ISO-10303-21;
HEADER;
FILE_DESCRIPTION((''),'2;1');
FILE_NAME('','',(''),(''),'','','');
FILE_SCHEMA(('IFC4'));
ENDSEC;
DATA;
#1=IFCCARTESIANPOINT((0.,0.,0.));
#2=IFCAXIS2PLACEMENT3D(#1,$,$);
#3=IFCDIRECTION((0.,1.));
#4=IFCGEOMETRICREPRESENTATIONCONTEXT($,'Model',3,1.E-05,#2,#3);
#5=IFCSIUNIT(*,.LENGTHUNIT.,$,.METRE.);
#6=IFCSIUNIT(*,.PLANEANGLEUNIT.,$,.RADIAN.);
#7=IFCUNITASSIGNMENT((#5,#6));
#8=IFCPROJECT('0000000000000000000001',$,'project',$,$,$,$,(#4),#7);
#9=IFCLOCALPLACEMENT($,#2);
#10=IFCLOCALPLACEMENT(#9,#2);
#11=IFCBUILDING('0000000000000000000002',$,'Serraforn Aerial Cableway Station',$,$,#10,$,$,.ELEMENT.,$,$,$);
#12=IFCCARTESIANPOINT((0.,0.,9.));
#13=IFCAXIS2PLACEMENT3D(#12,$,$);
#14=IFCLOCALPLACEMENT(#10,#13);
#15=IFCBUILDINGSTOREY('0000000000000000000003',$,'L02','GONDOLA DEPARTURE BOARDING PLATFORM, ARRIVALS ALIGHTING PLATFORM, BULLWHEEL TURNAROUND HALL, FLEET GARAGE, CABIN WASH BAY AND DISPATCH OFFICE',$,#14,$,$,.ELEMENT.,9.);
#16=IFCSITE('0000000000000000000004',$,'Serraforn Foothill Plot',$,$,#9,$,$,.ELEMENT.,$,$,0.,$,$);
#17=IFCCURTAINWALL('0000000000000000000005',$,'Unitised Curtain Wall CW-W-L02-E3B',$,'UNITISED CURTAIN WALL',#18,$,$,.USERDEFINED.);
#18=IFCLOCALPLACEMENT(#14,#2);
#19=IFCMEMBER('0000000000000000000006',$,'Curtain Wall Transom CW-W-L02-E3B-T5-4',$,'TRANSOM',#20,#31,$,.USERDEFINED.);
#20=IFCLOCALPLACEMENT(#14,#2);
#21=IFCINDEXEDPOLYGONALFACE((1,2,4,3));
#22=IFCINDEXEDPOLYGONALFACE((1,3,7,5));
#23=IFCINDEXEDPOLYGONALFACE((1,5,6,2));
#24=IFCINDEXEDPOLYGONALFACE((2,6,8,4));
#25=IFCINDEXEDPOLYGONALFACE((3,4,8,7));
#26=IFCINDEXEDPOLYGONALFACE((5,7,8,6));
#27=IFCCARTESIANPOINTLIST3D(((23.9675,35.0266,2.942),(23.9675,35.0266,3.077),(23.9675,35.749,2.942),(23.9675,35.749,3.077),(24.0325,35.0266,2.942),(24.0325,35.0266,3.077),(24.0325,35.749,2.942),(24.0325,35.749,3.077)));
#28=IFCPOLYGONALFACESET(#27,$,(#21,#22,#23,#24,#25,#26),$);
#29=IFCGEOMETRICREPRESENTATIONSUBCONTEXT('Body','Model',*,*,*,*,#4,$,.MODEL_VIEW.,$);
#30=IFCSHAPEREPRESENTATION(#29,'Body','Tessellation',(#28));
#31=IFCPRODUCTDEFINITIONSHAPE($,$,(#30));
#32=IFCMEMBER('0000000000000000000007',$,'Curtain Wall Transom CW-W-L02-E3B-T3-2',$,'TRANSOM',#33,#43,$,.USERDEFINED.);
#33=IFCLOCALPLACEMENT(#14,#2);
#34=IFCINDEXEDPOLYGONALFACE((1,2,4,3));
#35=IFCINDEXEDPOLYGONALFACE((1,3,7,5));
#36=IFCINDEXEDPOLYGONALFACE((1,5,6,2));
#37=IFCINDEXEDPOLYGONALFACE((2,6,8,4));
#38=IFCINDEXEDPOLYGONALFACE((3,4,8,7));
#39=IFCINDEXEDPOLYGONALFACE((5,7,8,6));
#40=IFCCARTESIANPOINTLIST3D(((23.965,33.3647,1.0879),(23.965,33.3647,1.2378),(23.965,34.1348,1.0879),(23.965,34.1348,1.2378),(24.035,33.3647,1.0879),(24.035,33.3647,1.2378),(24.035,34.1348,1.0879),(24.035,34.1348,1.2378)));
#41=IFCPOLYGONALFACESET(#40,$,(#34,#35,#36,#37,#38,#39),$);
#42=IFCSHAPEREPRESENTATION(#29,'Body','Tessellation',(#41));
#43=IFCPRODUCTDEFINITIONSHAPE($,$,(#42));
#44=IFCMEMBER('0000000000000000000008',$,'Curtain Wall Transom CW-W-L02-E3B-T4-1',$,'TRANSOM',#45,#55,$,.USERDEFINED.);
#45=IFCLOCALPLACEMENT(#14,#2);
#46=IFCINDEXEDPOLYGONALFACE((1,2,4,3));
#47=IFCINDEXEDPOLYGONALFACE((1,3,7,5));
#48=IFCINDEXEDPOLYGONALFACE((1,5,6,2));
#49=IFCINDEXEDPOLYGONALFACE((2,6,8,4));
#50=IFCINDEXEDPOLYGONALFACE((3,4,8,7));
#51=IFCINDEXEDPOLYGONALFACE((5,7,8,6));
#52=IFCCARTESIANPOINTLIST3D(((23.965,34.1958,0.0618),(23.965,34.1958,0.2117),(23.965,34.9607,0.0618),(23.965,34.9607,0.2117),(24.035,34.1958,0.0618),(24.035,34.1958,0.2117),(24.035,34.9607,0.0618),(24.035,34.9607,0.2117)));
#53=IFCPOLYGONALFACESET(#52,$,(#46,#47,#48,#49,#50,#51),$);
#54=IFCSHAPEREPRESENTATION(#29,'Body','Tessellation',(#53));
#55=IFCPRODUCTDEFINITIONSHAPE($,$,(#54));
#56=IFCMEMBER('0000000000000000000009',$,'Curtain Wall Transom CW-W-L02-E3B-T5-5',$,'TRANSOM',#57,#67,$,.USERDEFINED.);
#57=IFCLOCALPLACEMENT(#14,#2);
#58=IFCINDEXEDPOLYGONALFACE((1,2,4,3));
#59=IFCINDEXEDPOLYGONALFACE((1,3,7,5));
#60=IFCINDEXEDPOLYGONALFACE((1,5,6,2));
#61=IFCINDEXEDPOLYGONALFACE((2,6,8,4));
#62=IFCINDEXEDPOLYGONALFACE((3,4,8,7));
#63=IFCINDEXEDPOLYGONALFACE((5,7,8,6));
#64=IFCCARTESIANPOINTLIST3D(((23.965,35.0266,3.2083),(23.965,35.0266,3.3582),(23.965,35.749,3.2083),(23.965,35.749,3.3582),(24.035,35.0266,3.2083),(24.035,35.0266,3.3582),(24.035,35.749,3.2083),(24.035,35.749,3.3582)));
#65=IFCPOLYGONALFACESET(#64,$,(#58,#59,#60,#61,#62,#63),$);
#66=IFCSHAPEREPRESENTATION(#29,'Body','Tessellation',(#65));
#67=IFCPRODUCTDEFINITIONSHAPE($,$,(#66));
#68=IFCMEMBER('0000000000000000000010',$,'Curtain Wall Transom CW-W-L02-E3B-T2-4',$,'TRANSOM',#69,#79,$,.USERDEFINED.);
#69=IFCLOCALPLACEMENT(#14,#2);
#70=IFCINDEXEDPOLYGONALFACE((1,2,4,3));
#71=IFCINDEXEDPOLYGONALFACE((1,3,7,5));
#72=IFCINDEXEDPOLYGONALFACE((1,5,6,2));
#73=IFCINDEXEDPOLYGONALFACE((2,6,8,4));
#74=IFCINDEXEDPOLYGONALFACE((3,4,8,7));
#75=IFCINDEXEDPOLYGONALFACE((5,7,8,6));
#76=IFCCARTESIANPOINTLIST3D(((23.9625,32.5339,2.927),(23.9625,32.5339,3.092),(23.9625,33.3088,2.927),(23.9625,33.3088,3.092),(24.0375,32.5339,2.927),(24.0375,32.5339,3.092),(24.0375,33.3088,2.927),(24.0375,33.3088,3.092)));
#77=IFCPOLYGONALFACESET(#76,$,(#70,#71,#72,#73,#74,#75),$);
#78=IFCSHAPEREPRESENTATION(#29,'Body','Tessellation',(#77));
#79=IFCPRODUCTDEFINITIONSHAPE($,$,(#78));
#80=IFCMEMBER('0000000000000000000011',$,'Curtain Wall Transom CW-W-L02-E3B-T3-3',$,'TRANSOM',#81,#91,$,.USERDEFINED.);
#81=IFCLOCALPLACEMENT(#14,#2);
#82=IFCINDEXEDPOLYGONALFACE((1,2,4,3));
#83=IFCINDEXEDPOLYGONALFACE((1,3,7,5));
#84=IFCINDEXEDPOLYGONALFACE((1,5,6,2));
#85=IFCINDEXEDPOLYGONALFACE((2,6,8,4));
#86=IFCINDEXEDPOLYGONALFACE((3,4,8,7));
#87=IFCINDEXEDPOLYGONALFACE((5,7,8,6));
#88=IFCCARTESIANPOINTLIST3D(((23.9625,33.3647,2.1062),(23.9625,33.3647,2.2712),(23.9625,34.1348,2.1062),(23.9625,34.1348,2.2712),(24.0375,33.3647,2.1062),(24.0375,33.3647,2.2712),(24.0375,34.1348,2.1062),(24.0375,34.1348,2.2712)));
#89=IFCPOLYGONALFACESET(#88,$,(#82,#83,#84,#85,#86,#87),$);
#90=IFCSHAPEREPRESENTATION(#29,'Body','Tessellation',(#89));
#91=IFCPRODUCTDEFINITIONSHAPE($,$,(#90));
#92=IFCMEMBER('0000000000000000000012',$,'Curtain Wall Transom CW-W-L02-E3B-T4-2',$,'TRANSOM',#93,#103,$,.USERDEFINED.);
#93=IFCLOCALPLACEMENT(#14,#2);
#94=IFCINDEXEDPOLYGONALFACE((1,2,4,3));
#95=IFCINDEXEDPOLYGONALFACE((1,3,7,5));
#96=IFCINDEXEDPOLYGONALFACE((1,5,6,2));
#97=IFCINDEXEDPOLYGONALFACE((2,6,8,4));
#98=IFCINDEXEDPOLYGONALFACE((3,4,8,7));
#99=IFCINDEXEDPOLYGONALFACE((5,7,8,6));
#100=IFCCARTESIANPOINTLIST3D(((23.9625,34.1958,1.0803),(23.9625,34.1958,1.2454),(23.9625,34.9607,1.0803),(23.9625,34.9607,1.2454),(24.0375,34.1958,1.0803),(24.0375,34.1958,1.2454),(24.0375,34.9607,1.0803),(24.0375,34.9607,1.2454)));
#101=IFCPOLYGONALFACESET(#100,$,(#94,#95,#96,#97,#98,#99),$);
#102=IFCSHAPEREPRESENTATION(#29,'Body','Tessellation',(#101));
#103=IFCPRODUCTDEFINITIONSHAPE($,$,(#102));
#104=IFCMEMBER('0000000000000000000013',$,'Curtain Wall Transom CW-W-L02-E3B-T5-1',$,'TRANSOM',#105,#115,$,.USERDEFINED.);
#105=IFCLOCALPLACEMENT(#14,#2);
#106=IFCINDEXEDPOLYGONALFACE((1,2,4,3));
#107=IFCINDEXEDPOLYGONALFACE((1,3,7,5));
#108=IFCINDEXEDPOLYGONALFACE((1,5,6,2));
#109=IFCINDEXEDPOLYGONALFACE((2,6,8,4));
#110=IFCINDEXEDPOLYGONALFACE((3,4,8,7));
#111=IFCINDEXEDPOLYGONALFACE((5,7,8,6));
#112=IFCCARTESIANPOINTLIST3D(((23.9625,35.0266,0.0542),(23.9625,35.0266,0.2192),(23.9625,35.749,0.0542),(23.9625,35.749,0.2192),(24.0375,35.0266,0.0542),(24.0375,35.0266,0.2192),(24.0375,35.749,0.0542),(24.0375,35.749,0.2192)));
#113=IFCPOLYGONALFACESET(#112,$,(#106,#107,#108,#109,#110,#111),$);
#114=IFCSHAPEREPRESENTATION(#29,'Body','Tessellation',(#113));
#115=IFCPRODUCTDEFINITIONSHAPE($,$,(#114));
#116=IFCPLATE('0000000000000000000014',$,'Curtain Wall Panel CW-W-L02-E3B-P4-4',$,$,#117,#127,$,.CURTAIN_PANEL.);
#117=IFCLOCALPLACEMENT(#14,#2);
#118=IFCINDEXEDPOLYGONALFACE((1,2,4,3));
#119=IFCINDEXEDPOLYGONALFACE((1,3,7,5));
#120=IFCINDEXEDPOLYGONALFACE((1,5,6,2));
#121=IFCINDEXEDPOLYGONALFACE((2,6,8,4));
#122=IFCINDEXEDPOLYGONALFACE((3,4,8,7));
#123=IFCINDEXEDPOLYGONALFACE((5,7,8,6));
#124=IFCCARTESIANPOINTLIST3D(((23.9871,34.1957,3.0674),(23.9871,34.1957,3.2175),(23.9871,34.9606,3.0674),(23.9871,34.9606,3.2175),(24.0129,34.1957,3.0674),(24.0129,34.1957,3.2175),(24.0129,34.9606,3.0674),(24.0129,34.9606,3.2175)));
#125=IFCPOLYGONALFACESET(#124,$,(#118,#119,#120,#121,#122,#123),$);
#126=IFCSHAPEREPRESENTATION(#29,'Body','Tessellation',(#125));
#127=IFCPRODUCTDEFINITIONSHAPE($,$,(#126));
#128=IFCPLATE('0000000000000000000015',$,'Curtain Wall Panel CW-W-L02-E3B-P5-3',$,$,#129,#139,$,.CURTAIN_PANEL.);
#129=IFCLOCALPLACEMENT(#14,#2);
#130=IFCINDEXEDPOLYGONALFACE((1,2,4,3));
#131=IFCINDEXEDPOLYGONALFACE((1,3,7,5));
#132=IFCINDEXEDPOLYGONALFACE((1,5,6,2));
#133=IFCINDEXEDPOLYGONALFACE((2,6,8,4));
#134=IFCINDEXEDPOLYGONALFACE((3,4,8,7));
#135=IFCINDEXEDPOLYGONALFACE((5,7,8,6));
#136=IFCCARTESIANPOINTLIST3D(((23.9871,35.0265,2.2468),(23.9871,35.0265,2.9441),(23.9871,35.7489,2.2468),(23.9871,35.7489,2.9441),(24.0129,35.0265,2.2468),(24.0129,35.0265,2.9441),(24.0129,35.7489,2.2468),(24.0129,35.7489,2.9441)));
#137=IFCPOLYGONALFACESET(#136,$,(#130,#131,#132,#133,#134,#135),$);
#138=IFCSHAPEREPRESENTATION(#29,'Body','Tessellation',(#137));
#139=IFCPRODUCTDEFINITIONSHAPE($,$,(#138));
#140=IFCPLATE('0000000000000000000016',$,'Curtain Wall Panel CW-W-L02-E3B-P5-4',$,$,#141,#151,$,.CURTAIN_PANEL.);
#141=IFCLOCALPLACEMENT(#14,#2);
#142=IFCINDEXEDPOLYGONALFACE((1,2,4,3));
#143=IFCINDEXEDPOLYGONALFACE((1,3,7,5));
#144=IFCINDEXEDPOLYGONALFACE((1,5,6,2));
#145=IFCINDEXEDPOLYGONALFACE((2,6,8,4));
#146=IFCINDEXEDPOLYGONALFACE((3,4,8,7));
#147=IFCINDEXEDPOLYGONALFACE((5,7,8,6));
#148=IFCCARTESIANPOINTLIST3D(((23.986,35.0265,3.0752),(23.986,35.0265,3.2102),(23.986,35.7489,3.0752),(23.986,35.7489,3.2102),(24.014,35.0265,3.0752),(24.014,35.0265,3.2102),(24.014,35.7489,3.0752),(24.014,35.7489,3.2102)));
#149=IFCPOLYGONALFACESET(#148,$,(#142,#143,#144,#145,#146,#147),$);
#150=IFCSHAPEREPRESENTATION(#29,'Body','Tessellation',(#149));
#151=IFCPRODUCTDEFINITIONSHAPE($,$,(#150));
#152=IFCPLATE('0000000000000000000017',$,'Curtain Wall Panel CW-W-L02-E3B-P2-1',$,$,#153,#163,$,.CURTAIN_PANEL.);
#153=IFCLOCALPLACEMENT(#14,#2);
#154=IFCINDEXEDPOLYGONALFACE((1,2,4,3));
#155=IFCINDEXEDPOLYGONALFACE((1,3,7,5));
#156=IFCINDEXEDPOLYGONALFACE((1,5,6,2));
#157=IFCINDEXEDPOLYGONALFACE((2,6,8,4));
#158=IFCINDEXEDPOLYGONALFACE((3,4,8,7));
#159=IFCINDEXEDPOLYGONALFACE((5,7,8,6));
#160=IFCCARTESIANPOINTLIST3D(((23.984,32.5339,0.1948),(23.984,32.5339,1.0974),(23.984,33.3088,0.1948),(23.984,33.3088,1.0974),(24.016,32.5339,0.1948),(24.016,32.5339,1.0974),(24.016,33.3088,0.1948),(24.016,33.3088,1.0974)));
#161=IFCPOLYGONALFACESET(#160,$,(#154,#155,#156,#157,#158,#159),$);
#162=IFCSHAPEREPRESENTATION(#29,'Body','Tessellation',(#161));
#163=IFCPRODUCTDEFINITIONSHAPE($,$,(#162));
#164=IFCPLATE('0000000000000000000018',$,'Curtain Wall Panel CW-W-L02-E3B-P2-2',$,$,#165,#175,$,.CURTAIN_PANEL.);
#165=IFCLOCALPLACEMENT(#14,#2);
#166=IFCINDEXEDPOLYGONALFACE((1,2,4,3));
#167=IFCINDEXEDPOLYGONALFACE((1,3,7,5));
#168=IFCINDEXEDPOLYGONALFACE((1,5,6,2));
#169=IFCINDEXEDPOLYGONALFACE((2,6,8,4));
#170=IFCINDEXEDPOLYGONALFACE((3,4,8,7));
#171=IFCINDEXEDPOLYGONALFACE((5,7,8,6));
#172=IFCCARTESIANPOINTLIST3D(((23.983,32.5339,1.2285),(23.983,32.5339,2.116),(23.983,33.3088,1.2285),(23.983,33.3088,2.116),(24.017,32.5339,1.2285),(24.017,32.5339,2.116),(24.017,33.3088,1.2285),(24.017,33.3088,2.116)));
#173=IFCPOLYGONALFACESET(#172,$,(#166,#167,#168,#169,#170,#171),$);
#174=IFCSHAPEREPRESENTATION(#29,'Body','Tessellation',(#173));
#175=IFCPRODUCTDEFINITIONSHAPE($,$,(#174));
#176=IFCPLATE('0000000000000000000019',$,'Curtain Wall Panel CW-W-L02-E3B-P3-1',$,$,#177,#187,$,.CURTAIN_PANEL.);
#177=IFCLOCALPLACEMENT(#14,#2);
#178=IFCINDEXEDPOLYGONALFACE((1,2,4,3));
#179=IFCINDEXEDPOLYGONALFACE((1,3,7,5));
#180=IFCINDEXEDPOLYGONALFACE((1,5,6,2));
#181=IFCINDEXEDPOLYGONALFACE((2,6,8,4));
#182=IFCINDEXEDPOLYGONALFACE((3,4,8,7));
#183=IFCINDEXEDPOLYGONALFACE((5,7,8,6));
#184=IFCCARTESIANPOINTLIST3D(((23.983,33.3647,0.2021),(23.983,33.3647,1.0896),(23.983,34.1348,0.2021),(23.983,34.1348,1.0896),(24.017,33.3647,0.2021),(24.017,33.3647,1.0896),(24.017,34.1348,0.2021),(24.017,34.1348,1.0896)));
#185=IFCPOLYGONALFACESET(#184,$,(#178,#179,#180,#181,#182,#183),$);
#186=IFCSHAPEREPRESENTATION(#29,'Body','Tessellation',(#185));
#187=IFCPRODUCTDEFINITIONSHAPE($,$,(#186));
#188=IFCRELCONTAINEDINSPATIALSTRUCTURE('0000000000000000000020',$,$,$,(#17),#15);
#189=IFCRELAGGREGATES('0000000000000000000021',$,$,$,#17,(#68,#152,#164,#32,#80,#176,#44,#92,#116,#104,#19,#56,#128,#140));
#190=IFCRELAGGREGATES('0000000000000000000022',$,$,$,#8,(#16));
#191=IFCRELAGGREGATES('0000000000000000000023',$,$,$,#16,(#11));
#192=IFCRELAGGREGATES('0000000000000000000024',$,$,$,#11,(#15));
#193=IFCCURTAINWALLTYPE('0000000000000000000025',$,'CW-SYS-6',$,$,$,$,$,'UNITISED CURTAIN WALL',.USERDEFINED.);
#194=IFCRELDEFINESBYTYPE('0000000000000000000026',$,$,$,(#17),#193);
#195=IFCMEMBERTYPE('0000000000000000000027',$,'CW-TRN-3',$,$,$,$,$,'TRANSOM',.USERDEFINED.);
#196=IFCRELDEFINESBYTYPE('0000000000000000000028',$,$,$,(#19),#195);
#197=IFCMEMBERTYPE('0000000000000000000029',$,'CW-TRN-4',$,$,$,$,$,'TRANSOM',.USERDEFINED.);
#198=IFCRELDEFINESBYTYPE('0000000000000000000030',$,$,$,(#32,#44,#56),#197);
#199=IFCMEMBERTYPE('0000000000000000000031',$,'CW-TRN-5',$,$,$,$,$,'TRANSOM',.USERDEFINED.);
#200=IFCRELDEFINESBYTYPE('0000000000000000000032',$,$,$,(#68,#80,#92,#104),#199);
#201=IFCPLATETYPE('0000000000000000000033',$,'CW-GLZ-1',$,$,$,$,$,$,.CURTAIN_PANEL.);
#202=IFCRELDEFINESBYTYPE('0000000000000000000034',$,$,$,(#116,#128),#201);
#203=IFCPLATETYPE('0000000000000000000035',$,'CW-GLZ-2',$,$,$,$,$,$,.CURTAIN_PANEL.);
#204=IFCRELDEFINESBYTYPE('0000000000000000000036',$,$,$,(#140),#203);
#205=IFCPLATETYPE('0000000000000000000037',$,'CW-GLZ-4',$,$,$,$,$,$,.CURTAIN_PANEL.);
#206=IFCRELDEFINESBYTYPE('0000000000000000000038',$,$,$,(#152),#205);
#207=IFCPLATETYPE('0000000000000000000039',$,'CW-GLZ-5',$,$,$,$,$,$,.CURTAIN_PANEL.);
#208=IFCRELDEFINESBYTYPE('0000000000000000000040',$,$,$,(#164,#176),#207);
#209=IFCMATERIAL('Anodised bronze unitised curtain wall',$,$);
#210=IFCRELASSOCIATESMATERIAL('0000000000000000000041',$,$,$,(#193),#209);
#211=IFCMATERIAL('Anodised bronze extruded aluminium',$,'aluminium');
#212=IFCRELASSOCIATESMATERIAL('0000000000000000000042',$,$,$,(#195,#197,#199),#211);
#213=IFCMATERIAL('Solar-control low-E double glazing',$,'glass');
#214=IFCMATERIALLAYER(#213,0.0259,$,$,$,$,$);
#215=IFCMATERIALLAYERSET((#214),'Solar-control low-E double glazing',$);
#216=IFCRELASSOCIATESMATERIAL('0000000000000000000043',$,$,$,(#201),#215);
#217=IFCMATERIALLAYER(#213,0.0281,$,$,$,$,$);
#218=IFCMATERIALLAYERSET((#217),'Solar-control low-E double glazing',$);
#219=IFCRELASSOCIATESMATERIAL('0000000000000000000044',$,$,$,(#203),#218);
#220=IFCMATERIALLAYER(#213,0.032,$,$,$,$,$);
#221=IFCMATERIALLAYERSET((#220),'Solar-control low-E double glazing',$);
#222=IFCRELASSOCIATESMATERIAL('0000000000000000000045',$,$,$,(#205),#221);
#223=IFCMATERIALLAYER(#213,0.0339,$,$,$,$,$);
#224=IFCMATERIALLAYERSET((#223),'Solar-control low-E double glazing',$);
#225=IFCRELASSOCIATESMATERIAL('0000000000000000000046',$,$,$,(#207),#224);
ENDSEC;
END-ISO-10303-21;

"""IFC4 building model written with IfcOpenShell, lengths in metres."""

from ifc_helpers import new_model, si_unit, direction, frame, origin, origin_2d, place, context, subcontext, project, spatial, rectangle, extrude, material, layer, layer_set, material_profile, profile_set, type_object, element, aggregate, save


model = new_model("IFC4")

# Units and contexts
model_context = context("Model", 3, precision=1e-05, world=origin(), true_north=direction((0.0, 1.0)))
body_context = subcontext(model_context, "Body", "Model", "MODEL_VIEW")
ifc_project = project(units=[si_unit("LENGTHUNIT", "METRE"), si_unit("PLANEANGLEUNIT", "RADIAN")], contexts=[model_context])

# Site, building, storey
site_placement = place(None, origin())
site = spatial("IfcSite", under=ifc_project, at=site_placement, Name="Serraforn Foothill Plot", CompositionType="ELEMENT", RefElevation=0.0)
building_placement = place(site_placement, origin())
building = spatial("IfcBuilding", under=site, at=building_placement, Name="Serraforn Aerial Cableway Station", CompositionType="ELEMENT")
storey_placement = place(building_placement, frame((0.0, 0.0, 9.0)))
storey = spatial("IfcBuildingStorey", under=building, at=storey_placement, Name="L02", Description="GONDOLA DEPARTURE BOARDING PLATFORM, ARRIVALS ALIGHTING PLATFORM, BULLWHEEL TURNAROUND HALL, FLEET GARAGE, CABIN WASH BAY AND DISPATCH OFFICE", CompositionType="ELEMENT", Elevation=9.0)

# Curtain wall, members, plates
ifc_material_1 = material(Name="Anodised bronze unitised curtain wall")
curtain_wall_type = type_object("IfcCurtainWallType", Name="CW-SYS-6", ElementType="UNITISED CURTAIN WALL", PredefinedType="USERDEFINED", material=ifc_material_1)
curtain_wall_placement = place(storey_placement, origin())
curtain_wall = element("IfcCurtainWall", 1, at=curtain_wall_placement, inside=storey, type_object=curtain_wall_type, Name="Unitised Curtain Wall CW-W-L02-E3B", ObjectType="UNITISED CURTAIN WALL", PredefinedType="USERDEFINED")
ifc_material_2 = material(Name="Anodised bronze extruded aluminium", Category="aluminium")
ifc_material_profile_1 = material_profile(ifc_material_2, rectangle(XDim=0.0649, YDim=0.135, at=origin_2d()), Name="CW TRANSOM 65x135")
ifc_profile_set_1 = profile_set([ifc_material_profile_1], Name="Anodised bronze extruded aluminium")
member_type_1 = type_object("IfcMemberType", Name="CW-TRN-3", ElementType="TRANSOM", PredefinedType="USERDEFINED", material=ifc_profile_set_1)
member_1_placement = place(storey_placement, frame((24.0, 35.0266, 3.0095), z_axis=(0.0, 1.0, 0.0), x_axis=(-1.0, 0.0, 0.0)))
member_1 = element("IfcMember", 2, at=member_1_placement, type_object=member_type_1, Name="Curtain Wall Transom CW-W-L02-E3B-T5-4", ObjectType="TRANSOM", PredefinedType="USERDEFINED", context=body_context, shape_type="SweptSolid", body=[
    extrude(rectangle(XDim=0.0649, YDim=0.135, at=origin_2d()), origin(), (0.0, 0.0, 1.0), 0.7224),
])
ifc_material_profile_2 = material_profile(ifc_material_2, rectangle(XDim=0.0701, YDim=0.1499, at=origin_2d()), Name="CW TRANSOM 70x150")
ifc_profile_set_2 = profile_set([ifc_material_profile_2], Name="Anodised bronze extruded aluminium")
member_type_2 = type_object("IfcMemberType", Name="CW-TRN-4", ElementType="TRANSOM", PredefinedType="USERDEFINED", material=ifc_profile_set_2)
member_2_placement = place(storey_placement, frame((24.0, 33.3647, 1.1628), z_axis=(0.0, 1.0, 0.0), x_axis=(-1.0, 0.0, 0.0)))
member_2 = element("IfcMember", 3, at=member_2_placement, type_object=member_type_2, Name="Curtain Wall Transom CW-W-L02-E3B-T3-2", ObjectType="TRANSOM", PredefinedType="USERDEFINED", context=body_context, shape_type="SweptSolid", body=[
    extrude(rectangle(XDim=0.0701, YDim=0.1499, at=origin_2d()), origin(), (0.0, 0.0, 1.0), 0.77),
])
member_3_placement = place(storey_placement, frame((24.0, 34.1958, 0.1367), z_axis=(0.0, 1.0, 0.0), x_axis=(-1.0, 0.0, 0.0)))
member_3 = element("IfcMember", 4, at=member_3_placement, type_object=member_type_2, Name="Curtain Wall Transom CW-W-L02-E3B-T4-1", ObjectType="TRANSOM", PredefinedType="USERDEFINED", context=body_context, shape_type="SweptSolid", body=[
    extrude(rectangle(XDim=0.0701, YDim=0.1499, at=origin_2d()), origin(), (0.0, 0.0, 1.0), 0.7649),
])
member_4_placement = place(storey_placement, frame((24.0, 35.0266, 3.2832), z_axis=(0.0, 1.0, 0.0), x_axis=(-1.0, 0.0, 0.0)))
member_4 = element("IfcMember", 5, at=member_4_placement, type_object=member_type_2, Name="Curtain Wall Transom CW-W-L02-E3B-T5-5", ObjectType="TRANSOM", PredefinedType="USERDEFINED", context=body_context, shape_type="SweptSolid", body=[
    extrude(rectangle(XDim=0.0701, YDim=0.1499, at=origin_2d()), origin(), (0.0, 0.0, 1.0), 0.7224),
])
ifc_material_profile_3 = material_profile(ifc_material_2, rectangle(XDim=0.075, YDim=0.165, at=origin_2d()), Name="CW TRANSOM 75x165")
ifc_profile_set_3 = profile_set([ifc_material_profile_3], Name="Anodised bronze extruded aluminium")
member_type_3 = type_object("IfcMemberType", Name="CW-TRN-5", ElementType="TRANSOM", PredefinedType="USERDEFINED", material=ifc_profile_set_3)
member_5_placement = place(storey_placement, frame((24.0, 32.5339, 3.0095), z_axis=(0.0, 1.0, 0.0), x_axis=(-1.0, 0.0, 0.0)))
member_5 = element("IfcMember", 6, at=member_5_placement, type_object=member_type_3, Name="Curtain Wall Transom CW-W-L02-E3B-T2-4", ObjectType="TRANSOM", PredefinedType="USERDEFINED", context=body_context, shape_type="SweptSolid", body=[
    extrude(rectangle(XDim=0.075, YDim=0.165, at=origin_2d()), origin(), (0.0, 0.0, 1.0), 0.7749),
])
member_6_placement = place(storey_placement, frame((24.0, 33.3647, 2.1887), z_axis=(0.0, 1.0, 0.0), x_axis=(-1.0, 0.0, 0.0)))
member_6 = element("IfcMember", 7, at=member_6_placement, type_object=member_type_3, Name="Curtain Wall Transom CW-W-L02-E3B-T3-3", ObjectType="TRANSOM", PredefinedType="USERDEFINED", context=body_context, shape_type="SweptSolid", body=[
    extrude(rectangle(XDim=0.075, YDim=0.165, at=origin_2d()), origin(), (0.0, 0.0, 1.0), 0.77),
])
member_7_placement = place(storey_placement, frame((24.0, 34.1958, 1.1628), z_axis=(0.0, 1.0, 0.0), x_axis=(-1.0, 0.0, 0.0)))
member_7 = element("IfcMember", 8, at=member_7_placement, type_object=member_type_3, Name="Curtain Wall Transom CW-W-L02-E3B-T4-2", ObjectType="TRANSOM", PredefinedType="USERDEFINED", context=body_context, shape_type="SweptSolid", body=[
    extrude(rectangle(XDim=0.075, YDim=0.165, at=origin_2d()), origin(), (0.0, 0.0, 1.0), 0.7649),
])
member_8_placement = place(storey_placement, frame((24.0, 35.0266, 0.1367), z_axis=(0.0, 1.0, 0.0), x_axis=(-1.0, 0.0, 0.0)))
member_8 = element("IfcMember", 9, at=member_8_placement, type_object=member_type_3, Name="Curtain Wall Transom CW-W-L02-E3B-T5-1", ObjectType="TRANSOM", PredefinedType="USERDEFINED", context=body_context, shape_type="SweptSolid", body=[
    extrude(rectangle(XDim=0.075, YDim=0.165, at=origin_2d()), origin(), (0.0, 0.0, 1.0), 0.7224),
])
ifc_material_3 = material(Name="Solar-control low-E double glazing", Category="glass")
ifc_layer_1 = layer(ifc_material_3, 0.0259)
ifc_layer_set_1 = layer_set([ifc_layer_1], Name="Solar-control low-E double glazing")
plate_type_1 = type_object("IfcPlateType", Name="CW-GLZ-1", PredefinedType="CURTAIN_PANEL", material=ifc_layer_set_1)
plate_1_placement = place(storey_placement, frame((24.0, 34.5781, 3.0674), z_axis=(0.0, 0.0, 1.0), x_axis=(1.0, 0.0, 0.0)))
plate_1 = element("IfcPlate", 10, at=plate_1_placement, type_object=plate_type_1, Name="Curtain Wall Panel CW-W-L02-E3B-P4-4", PredefinedType="CURTAIN_PANEL", context=body_context, shape_type="SweptSolid", body=[
    extrude(rectangle(XDim=0.0259, YDim=0.7649, at=origin_2d()), origin(), (0.0, 0.0, 1.0), 0.1501),
])
plate_2_placement = place(storey_placement, frame((24.0, 35.3877, 2.2468), z_axis=(0.0, 0.0, 1.0), x_axis=(1.0, 0.0, 0.0)))
plate_2 = element("IfcPlate", 11, at=plate_2_placement, type_object=plate_type_1, Name="Curtain Wall Panel CW-W-L02-E3B-P5-3", PredefinedType="CURTAIN_PANEL", context=body_context, shape_type="SweptSolid", body=[
    extrude(rectangle(XDim=0.0259, YDim=0.7224, at=origin_2d()), origin(), (0.0, 0.0, 1.0), 0.6973),
])
ifc_layer_2 = layer(ifc_material_3, 0.0281)
ifc_layer_set_2 = layer_set([ifc_layer_2], Name="Solar-control low-E double glazing")
plate_type_2 = type_object("IfcPlateType", Name="CW-GLZ-2", PredefinedType="CURTAIN_PANEL", material=ifc_layer_set_2)
plate_3_placement = place(storey_placement, frame((24.0, 35.3877, 3.0752), z_axis=(0.0, 0.0, 1.0), x_axis=(1.0, 0.0, 0.0)))
plate_3 = element("IfcPlate", 12, at=plate_3_placement, type_object=plate_type_2, Name="Curtain Wall Panel CW-W-L02-E3B-P5-4", PredefinedType="CURTAIN_PANEL", context=body_context, shape_type="SweptSolid", body=[
    extrude(rectangle(XDim=0.0281, YDim=0.7224, at=origin_2d()), origin(), (0.0, 0.0, 1.0), 0.135),
])
ifc_layer_3 = layer(ifc_material_3, 0.032)
ifc_layer_set_3 = layer_set([ifc_layer_3], Name="Solar-control low-E double glazing")
plate_type_3 = type_object("IfcPlateType", Name="CW-GLZ-4", PredefinedType="CURTAIN_PANEL", material=ifc_layer_set_3)
plate_4_placement = place(storey_placement, frame((24.0, 32.9214, 0.1948), z_axis=(0.0, 0.0, 1.0), x_axis=(1.0, 0.0, 0.0)))
plate_4 = element("IfcPlate", 13, at=plate_4_placement, type_object=plate_type_3, Name="Curtain Wall Panel CW-W-L02-E3B-P2-1", PredefinedType="CURTAIN_PANEL", context=body_context, shape_type="SweptSolid", body=[
    extrude(rectangle(XDim=0.032, YDim=0.7749, at=origin_2d()), origin(), (0.0, 0.0, 1.0), 0.9026),
])
ifc_layer_4 = layer(ifc_material_3, 0.0339)
ifc_layer_set_4 = layer_set([ifc_layer_4], Name="Solar-control low-E double glazing")
plate_type_4 = type_object("IfcPlateType", Name="CW-GLZ-5", PredefinedType="CURTAIN_PANEL", material=ifc_layer_set_4)
plate_5_placement = place(storey_placement, frame((24.0, 32.9214, 1.2285), z_axis=(0.0, 0.0, 1.0), x_axis=(1.0, 0.0, 0.0)))
plate_5 = element("IfcPlate", 14, at=plate_5_placement, type_object=plate_type_4, Name="Curtain Wall Panel CW-W-L02-E3B-P2-2", PredefinedType="CURTAIN_PANEL", context=body_context, shape_type="SweptSolid", body=[
    extrude(rectangle(XDim=0.0339, YDim=0.7749, at=origin_2d()), origin(), (0.0, 0.0, 1.0), 0.8875),
])
plate_6_placement = place(storey_placement, frame((24.0, 33.7498, 0.2021), z_axis=(0.0, 0.0, 1.0), x_axis=(1.0, 0.0, 0.0)))
plate_6 = element("IfcPlate", 15, at=plate_6_placement, type_object=plate_type_4, Name="Curtain Wall Panel CW-W-L02-E3B-P3-1", PredefinedType="CURTAIN_PANEL", context=body_context, shape_type="SweptSolid", body=[
    extrude(rectangle(XDim=0.0339, YDim=0.77, at=origin_2d()), origin(), (0.0, 0.0, 1.0), 0.8875),
])
aggregate(curtain_wall, [member_5, plate_4, plate_5, member_2, member_6, plate_6, member_3, member_7, plate_1, member_8, member_1, member_4, plate_2, plate_3])

save(model, "model.ifc")
